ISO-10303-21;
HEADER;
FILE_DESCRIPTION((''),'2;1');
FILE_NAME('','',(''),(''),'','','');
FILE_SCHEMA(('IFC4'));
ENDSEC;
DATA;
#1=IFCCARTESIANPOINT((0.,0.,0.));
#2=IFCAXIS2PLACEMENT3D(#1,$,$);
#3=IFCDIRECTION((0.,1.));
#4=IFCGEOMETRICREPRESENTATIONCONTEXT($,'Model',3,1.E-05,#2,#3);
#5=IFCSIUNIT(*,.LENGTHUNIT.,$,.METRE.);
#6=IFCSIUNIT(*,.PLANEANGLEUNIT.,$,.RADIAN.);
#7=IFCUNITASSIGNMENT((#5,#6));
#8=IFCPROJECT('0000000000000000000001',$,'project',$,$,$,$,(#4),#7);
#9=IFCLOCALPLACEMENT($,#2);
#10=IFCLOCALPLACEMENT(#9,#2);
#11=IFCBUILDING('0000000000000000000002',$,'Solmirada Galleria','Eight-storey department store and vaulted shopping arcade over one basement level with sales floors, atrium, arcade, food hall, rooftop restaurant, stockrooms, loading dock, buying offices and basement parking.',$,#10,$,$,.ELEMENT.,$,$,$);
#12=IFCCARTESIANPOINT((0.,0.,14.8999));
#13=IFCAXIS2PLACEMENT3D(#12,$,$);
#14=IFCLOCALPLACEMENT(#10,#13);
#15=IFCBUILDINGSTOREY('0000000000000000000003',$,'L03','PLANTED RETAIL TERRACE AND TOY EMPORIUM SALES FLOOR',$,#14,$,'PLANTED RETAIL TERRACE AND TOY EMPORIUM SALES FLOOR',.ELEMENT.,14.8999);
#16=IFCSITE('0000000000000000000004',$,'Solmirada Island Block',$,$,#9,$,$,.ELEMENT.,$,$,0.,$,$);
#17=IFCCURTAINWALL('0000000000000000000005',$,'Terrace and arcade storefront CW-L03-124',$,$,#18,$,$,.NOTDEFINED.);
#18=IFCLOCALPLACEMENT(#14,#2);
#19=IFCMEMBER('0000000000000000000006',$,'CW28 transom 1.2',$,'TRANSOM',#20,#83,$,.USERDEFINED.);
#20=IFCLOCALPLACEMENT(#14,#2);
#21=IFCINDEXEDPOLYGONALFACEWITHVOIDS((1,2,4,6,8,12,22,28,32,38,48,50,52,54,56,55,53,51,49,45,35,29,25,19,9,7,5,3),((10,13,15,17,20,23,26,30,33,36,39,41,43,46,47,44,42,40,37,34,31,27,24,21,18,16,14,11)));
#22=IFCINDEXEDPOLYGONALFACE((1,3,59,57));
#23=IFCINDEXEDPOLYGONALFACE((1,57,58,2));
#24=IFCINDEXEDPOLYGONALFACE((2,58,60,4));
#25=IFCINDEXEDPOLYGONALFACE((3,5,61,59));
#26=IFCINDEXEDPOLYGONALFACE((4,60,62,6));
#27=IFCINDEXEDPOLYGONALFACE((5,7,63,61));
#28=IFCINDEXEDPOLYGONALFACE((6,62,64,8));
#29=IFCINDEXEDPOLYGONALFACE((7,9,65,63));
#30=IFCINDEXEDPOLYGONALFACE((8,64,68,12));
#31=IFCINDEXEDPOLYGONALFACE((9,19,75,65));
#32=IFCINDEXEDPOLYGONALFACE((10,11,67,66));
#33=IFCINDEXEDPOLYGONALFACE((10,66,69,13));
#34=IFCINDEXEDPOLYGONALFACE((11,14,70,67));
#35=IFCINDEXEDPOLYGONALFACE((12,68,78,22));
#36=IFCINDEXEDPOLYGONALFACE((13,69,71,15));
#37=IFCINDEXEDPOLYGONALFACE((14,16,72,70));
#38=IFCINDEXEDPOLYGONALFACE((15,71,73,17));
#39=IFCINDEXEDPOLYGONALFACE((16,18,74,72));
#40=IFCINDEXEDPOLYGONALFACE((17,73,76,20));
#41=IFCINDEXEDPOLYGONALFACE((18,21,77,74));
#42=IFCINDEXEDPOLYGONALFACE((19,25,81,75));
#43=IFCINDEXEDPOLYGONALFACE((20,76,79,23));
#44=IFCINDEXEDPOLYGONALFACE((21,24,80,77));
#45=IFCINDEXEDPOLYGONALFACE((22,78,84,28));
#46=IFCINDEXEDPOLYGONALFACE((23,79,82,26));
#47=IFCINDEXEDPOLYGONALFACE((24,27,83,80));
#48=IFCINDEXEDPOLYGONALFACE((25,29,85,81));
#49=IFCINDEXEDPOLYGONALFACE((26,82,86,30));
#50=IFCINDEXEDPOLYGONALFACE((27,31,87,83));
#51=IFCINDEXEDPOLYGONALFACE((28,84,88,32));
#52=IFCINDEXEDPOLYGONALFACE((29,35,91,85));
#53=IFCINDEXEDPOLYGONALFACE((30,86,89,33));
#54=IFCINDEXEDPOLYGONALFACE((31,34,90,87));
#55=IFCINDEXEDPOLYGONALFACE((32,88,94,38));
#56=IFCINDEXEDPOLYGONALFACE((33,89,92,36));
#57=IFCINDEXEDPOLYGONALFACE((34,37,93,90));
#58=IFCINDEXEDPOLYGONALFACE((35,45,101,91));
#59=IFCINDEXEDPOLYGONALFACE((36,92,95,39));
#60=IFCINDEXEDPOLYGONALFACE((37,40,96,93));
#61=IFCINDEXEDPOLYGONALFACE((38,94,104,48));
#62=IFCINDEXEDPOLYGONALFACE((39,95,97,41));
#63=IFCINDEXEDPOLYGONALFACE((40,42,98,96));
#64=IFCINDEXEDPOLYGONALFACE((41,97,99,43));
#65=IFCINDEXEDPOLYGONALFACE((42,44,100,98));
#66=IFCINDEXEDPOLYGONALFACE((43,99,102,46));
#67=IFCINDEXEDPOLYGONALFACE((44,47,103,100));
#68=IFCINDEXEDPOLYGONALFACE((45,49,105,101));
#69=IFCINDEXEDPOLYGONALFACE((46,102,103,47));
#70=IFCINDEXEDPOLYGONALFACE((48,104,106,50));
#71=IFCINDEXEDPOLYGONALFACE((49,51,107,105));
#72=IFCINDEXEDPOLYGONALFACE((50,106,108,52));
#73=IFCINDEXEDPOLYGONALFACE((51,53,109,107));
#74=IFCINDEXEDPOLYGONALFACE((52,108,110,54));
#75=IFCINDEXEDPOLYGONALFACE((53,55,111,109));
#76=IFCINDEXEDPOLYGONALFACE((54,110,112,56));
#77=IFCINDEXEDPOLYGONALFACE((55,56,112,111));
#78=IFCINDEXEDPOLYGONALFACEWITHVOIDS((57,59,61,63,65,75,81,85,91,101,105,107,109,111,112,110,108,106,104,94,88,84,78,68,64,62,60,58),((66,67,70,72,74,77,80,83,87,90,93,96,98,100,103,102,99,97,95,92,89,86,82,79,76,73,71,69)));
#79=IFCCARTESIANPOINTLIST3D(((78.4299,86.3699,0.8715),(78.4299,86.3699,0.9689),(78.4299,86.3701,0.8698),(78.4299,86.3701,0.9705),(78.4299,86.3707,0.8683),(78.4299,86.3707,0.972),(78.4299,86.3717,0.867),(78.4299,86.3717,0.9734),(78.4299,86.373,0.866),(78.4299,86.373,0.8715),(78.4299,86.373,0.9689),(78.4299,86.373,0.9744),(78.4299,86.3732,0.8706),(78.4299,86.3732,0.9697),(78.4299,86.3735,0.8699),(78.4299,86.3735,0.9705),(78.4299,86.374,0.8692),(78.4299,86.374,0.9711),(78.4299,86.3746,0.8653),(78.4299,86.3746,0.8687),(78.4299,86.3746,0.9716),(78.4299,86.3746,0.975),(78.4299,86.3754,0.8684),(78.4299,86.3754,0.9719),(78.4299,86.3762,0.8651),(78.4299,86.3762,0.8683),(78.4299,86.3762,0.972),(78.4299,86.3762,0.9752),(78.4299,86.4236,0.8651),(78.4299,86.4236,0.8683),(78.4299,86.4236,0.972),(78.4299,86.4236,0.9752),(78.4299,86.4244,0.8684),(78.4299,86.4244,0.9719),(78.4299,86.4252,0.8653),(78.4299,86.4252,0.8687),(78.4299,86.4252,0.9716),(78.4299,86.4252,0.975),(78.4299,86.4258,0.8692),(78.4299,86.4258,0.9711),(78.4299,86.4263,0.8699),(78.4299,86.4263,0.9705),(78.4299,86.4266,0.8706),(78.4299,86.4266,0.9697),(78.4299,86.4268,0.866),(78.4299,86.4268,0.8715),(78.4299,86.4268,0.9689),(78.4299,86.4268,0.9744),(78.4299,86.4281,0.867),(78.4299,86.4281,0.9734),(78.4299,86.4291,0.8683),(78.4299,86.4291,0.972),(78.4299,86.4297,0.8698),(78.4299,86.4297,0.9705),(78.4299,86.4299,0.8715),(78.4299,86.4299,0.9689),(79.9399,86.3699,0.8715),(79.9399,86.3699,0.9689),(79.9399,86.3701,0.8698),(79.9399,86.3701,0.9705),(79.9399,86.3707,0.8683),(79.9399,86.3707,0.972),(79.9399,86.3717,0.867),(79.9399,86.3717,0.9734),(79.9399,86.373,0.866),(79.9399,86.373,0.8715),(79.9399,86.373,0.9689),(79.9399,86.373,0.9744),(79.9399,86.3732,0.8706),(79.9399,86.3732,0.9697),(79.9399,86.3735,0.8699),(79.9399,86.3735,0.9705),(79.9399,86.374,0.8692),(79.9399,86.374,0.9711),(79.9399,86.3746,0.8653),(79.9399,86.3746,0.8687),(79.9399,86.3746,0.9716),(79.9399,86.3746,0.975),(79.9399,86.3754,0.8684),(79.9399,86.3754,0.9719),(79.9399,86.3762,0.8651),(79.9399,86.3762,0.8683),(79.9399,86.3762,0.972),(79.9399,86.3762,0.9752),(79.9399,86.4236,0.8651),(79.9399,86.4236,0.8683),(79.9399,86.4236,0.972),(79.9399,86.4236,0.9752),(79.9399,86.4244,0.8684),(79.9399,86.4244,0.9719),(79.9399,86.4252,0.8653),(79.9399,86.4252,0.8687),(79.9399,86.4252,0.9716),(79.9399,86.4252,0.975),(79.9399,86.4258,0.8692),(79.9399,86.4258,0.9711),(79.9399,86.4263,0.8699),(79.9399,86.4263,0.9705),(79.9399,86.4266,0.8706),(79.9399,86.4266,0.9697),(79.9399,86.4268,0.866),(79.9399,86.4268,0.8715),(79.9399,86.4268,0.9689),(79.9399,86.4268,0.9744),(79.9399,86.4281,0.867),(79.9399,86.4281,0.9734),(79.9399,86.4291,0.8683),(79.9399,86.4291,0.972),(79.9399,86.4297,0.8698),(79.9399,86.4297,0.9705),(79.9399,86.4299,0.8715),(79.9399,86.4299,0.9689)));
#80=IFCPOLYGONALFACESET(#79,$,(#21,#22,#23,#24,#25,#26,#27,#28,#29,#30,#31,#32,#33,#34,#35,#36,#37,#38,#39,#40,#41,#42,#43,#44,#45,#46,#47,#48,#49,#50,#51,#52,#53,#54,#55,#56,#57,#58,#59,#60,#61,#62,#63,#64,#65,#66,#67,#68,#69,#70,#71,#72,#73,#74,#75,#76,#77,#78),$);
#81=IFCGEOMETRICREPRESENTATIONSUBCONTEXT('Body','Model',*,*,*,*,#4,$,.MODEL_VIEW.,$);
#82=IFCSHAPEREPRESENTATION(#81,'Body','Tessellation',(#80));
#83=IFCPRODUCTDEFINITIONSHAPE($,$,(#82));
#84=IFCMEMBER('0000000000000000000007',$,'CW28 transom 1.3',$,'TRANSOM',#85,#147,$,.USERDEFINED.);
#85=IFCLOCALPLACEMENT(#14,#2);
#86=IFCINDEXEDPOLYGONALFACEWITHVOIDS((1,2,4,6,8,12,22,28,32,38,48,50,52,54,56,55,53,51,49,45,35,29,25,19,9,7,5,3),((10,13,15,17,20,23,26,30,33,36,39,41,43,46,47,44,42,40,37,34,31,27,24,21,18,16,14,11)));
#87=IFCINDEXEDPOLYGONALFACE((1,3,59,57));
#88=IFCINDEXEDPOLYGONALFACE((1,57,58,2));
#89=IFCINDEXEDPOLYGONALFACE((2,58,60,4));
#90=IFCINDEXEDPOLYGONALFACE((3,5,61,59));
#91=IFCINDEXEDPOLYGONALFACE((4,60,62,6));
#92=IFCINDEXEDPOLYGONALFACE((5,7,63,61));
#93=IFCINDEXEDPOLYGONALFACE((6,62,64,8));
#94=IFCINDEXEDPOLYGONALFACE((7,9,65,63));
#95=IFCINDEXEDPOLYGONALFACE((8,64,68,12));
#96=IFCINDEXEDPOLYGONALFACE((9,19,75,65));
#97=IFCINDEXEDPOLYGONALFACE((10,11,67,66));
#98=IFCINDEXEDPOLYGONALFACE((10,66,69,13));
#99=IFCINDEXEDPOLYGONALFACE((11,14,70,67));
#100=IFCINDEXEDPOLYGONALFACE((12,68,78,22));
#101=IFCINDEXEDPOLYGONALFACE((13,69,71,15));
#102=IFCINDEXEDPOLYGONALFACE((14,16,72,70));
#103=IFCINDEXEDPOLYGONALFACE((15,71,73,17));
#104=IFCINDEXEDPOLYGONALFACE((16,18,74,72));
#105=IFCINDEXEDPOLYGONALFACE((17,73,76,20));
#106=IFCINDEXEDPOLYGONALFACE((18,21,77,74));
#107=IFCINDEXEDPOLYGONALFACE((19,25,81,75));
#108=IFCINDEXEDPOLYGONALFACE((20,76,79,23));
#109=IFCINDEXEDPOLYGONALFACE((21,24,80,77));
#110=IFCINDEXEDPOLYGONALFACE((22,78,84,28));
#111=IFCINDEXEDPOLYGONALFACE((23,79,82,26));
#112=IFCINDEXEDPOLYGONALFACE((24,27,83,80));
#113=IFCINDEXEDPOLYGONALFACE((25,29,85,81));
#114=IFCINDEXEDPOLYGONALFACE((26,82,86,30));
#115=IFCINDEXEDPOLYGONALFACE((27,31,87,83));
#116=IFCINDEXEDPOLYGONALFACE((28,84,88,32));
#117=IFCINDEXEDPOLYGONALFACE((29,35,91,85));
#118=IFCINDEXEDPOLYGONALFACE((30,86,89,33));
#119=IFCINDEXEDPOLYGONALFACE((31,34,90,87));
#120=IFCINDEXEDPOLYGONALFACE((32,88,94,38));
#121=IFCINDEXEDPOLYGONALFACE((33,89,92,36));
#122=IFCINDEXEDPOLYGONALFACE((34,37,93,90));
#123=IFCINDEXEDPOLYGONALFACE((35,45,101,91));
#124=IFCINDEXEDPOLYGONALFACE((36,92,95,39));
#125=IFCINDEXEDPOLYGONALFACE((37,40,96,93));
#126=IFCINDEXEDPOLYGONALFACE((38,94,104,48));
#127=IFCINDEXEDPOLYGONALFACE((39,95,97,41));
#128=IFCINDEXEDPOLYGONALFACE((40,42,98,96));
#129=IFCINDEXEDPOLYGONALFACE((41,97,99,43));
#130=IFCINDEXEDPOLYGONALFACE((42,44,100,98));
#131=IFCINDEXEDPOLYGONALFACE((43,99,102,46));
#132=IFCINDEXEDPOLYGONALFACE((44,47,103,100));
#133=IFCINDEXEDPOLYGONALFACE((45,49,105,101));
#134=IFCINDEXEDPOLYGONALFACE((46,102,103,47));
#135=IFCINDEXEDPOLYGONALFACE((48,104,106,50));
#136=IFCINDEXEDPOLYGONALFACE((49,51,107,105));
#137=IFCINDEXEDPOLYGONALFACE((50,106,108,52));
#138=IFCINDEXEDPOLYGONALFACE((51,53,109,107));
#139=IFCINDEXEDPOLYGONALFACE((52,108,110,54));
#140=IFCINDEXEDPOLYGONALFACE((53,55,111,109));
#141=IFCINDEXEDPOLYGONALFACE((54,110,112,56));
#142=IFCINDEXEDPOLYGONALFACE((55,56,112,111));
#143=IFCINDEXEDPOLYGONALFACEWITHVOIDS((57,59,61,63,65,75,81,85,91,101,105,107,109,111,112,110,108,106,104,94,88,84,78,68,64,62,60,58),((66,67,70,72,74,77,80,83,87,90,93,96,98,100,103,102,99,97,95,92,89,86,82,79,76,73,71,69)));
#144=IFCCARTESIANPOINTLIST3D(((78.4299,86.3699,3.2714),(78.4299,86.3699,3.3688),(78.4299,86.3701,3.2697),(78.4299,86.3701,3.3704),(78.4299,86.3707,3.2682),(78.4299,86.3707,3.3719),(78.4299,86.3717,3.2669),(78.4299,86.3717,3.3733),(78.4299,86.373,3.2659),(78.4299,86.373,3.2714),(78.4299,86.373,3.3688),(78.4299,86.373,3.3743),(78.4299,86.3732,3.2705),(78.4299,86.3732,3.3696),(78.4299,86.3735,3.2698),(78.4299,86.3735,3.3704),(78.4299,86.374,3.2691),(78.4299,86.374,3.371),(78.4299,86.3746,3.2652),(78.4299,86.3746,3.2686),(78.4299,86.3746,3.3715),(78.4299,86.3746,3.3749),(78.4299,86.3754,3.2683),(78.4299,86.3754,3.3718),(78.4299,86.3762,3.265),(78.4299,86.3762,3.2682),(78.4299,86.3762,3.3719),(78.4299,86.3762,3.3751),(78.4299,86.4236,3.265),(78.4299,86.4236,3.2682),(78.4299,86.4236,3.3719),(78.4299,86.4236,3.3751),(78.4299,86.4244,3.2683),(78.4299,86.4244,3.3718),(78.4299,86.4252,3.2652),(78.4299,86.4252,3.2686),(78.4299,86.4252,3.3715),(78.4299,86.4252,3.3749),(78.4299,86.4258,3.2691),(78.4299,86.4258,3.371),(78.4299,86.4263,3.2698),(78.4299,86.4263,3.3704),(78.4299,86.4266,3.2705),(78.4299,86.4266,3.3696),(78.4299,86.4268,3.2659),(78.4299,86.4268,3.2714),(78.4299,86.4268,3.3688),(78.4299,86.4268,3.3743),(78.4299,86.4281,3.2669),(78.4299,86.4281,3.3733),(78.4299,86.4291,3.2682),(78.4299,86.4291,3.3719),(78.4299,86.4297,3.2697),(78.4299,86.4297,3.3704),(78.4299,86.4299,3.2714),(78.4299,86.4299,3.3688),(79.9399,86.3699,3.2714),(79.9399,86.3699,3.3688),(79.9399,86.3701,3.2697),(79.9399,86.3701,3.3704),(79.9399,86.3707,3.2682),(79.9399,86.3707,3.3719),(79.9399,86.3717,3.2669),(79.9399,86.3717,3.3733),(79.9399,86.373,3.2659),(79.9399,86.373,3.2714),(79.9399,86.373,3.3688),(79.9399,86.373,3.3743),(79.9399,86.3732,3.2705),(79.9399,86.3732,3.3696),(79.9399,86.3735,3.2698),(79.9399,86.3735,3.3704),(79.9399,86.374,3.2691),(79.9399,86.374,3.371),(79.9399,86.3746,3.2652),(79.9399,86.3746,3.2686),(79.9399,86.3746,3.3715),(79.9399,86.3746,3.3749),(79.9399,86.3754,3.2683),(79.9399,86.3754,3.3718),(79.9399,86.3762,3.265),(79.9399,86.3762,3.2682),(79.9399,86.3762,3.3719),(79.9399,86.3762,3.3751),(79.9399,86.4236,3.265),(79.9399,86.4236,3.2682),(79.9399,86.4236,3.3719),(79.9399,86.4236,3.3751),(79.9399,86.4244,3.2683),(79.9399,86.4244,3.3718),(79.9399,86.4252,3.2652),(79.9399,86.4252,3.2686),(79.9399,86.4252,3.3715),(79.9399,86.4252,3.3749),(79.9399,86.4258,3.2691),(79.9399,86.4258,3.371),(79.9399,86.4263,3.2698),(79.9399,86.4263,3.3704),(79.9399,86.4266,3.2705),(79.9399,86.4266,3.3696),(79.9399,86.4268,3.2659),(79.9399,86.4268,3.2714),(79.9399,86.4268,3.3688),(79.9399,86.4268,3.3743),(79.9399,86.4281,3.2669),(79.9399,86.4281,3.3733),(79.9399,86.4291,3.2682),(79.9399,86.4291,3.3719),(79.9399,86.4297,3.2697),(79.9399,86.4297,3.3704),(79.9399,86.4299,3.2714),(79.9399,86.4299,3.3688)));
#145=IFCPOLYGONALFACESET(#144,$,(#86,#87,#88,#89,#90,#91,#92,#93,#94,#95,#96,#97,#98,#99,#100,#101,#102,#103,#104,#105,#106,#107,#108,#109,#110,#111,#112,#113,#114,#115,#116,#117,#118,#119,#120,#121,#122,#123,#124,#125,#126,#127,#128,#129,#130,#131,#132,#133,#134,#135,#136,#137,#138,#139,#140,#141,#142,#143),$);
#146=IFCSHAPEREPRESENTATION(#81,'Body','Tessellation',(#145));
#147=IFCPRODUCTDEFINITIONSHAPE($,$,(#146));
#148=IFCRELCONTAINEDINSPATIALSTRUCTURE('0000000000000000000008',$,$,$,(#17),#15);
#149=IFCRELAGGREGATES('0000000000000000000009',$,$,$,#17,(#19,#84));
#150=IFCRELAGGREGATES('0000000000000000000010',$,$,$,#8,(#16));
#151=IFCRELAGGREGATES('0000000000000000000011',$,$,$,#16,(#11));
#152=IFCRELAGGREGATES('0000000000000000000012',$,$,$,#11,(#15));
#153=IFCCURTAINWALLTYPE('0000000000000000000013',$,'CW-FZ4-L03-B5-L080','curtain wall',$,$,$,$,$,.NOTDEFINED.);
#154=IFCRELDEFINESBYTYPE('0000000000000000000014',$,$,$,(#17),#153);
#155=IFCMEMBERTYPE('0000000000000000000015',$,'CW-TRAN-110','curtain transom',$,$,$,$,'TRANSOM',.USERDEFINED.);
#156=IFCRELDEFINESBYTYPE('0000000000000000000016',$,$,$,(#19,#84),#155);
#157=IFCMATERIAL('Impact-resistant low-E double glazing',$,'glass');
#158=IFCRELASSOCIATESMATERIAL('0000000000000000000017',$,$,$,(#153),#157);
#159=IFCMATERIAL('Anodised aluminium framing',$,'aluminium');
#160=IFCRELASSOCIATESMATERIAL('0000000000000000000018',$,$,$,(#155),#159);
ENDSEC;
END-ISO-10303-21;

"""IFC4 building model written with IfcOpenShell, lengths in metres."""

from ifc_helpers import new_model, si_unit, direction, frame, origin, origin_2d, place, context, subcontext, project, spatial, hollow_rectangle, extrude, material, material_profile, profile_set, type_object, element, aggregate, save


model = new_model("IFC4")

# Units and contexts
model_context = context("Model", 3, precision=1e-05, world=origin(), true_north=direction((0.0, 1.0)))
body_context = subcontext(model_context, "Body", "Model", "MODEL_VIEW")
ifc_project = project(units=[si_unit("LENGTHUNIT", "METRE"), si_unit("PLANEANGLEUNIT", "RADIAN")], contexts=[model_context])

# Site, building, storey
site_placement = place(None, origin())
site = spatial("IfcSite", under=ifc_project, at=site_placement, Name="Solmirada Island Block", CompositionType="ELEMENT", RefElevation=0.0)
building_placement = place(site_placement, origin())
building = spatial("IfcBuilding", under=site, at=building_placement, Name="Solmirada Galleria", Description="Eight-storey department store and vaulted shopping arcade over one basement level with sales floors, atrium, arcade, food hall, rooftop restaurant, stockrooms, loading dock, buying offices and basement parking.", CompositionType="ELEMENT")
storey_placement = place(building_placement, frame((0.0, 0.0, 14.8999)))
storey = spatial("IfcBuildingStorey", under=building, at=storey_placement, Name="L03", Description="PLANTED RETAIL TERRACE AND TOY EMPORIUM SALES FLOOR", LongName="PLANTED RETAIL TERRACE AND TOY EMPORIUM SALES FLOOR", CompositionType="ELEMENT", Elevation=14.8999)

# Shared definitions
ifc_material_1 = material(Name="Impact-resistant low-E double glazing", Category="glass")
curtain_wall_type = type_object("IfcCurtainWallType", Name="CW-FZ4-L03-B5-L080", Description="curtain wall", PredefinedType="NOTDEFINED", material=ifc_material_1)
ifc_material_2 = material(Name="Anodised aluminium framing", Category="aluminium")

# Curtain wall, members
curtain_wall_1_placement = place(storey_placement, origin())
curtain_wall_1 = element("IfcCurtainWall", 1, at=curtain_wall_1_placement, inside=storey, type_object=curtain_wall_type, Name="Terrace and arcade storefront CW-L03-124", PredefinedType="NOTDEFINED")
ifc_material_profile_1 = material_profile(ifc_material_2, hollow_rectangle(XDim=0.0601, YDim=0.1101, WallThickness=0.0032, InnerFilletRadius=0.0032, OuterFilletRadius=0.0063, at=origin_2d()), Name="ALU-TRAN-110X60")
ifc_profile_set_1 = profile_set([ifc_material_profile_1], Name="Anodised aluminium framing")
member_type_1 = type_object("IfcMemberType", Name="CW-TRAN-110", Description="curtain transom", ElementType="TRANSOM", PredefinedType="USERDEFINED", material=ifc_profile_set_1)
member_1_placement = place(storey_placement, frame((79.9399, 86.3999, 0.9202), z_axis=(-1.0, 0.0, 0.0), x_axis=(0.0, -1.0, 0.0)))
member_1 = element("IfcMember", 2, at=member_1_placement, type_object=member_type_1, Name="CW28 transom 1.2", ObjectType="TRANSOM", PredefinedType="USERDEFINED", context=body_context, shape_type="SweptSolid", body=[
    extrude(hollow_rectangle(XDim=0.0601, YDim=0.1101, WallThickness=0.0032, InnerFilletRadius=0.0032, OuterFilletRadius=0.0063, at=origin_2d()), origin(), (0.0, 0.0, 1.0), 1.51),
])
member_2_placement = place(storey_placement, frame((79.9399, 86.3999, 3.3201), z_axis=(-1.0, 0.0, 0.0), x_axis=(0.0, -1.0, 0.0)))
member_2 = element("IfcMember", 3, at=member_2_placement, type_object=member_type_1, Name="CW28 transom 1.3", ObjectType="TRANSOM", PredefinedType="USERDEFINED", context=body_context, shape_type="SweptSolid", body=[
    extrude(hollow_rectangle(XDim=0.0601, YDim=0.1101, WallThickness=0.0032, InnerFilletRadius=0.0032, OuterFilletRadius=0.0063, at=origin_2d()), origin(), (0.0, 0.0, 1.0), 1.51),
])

aggregate(curtain_wall_1, [member_1, member_2])

save(model, "model.ifc")
